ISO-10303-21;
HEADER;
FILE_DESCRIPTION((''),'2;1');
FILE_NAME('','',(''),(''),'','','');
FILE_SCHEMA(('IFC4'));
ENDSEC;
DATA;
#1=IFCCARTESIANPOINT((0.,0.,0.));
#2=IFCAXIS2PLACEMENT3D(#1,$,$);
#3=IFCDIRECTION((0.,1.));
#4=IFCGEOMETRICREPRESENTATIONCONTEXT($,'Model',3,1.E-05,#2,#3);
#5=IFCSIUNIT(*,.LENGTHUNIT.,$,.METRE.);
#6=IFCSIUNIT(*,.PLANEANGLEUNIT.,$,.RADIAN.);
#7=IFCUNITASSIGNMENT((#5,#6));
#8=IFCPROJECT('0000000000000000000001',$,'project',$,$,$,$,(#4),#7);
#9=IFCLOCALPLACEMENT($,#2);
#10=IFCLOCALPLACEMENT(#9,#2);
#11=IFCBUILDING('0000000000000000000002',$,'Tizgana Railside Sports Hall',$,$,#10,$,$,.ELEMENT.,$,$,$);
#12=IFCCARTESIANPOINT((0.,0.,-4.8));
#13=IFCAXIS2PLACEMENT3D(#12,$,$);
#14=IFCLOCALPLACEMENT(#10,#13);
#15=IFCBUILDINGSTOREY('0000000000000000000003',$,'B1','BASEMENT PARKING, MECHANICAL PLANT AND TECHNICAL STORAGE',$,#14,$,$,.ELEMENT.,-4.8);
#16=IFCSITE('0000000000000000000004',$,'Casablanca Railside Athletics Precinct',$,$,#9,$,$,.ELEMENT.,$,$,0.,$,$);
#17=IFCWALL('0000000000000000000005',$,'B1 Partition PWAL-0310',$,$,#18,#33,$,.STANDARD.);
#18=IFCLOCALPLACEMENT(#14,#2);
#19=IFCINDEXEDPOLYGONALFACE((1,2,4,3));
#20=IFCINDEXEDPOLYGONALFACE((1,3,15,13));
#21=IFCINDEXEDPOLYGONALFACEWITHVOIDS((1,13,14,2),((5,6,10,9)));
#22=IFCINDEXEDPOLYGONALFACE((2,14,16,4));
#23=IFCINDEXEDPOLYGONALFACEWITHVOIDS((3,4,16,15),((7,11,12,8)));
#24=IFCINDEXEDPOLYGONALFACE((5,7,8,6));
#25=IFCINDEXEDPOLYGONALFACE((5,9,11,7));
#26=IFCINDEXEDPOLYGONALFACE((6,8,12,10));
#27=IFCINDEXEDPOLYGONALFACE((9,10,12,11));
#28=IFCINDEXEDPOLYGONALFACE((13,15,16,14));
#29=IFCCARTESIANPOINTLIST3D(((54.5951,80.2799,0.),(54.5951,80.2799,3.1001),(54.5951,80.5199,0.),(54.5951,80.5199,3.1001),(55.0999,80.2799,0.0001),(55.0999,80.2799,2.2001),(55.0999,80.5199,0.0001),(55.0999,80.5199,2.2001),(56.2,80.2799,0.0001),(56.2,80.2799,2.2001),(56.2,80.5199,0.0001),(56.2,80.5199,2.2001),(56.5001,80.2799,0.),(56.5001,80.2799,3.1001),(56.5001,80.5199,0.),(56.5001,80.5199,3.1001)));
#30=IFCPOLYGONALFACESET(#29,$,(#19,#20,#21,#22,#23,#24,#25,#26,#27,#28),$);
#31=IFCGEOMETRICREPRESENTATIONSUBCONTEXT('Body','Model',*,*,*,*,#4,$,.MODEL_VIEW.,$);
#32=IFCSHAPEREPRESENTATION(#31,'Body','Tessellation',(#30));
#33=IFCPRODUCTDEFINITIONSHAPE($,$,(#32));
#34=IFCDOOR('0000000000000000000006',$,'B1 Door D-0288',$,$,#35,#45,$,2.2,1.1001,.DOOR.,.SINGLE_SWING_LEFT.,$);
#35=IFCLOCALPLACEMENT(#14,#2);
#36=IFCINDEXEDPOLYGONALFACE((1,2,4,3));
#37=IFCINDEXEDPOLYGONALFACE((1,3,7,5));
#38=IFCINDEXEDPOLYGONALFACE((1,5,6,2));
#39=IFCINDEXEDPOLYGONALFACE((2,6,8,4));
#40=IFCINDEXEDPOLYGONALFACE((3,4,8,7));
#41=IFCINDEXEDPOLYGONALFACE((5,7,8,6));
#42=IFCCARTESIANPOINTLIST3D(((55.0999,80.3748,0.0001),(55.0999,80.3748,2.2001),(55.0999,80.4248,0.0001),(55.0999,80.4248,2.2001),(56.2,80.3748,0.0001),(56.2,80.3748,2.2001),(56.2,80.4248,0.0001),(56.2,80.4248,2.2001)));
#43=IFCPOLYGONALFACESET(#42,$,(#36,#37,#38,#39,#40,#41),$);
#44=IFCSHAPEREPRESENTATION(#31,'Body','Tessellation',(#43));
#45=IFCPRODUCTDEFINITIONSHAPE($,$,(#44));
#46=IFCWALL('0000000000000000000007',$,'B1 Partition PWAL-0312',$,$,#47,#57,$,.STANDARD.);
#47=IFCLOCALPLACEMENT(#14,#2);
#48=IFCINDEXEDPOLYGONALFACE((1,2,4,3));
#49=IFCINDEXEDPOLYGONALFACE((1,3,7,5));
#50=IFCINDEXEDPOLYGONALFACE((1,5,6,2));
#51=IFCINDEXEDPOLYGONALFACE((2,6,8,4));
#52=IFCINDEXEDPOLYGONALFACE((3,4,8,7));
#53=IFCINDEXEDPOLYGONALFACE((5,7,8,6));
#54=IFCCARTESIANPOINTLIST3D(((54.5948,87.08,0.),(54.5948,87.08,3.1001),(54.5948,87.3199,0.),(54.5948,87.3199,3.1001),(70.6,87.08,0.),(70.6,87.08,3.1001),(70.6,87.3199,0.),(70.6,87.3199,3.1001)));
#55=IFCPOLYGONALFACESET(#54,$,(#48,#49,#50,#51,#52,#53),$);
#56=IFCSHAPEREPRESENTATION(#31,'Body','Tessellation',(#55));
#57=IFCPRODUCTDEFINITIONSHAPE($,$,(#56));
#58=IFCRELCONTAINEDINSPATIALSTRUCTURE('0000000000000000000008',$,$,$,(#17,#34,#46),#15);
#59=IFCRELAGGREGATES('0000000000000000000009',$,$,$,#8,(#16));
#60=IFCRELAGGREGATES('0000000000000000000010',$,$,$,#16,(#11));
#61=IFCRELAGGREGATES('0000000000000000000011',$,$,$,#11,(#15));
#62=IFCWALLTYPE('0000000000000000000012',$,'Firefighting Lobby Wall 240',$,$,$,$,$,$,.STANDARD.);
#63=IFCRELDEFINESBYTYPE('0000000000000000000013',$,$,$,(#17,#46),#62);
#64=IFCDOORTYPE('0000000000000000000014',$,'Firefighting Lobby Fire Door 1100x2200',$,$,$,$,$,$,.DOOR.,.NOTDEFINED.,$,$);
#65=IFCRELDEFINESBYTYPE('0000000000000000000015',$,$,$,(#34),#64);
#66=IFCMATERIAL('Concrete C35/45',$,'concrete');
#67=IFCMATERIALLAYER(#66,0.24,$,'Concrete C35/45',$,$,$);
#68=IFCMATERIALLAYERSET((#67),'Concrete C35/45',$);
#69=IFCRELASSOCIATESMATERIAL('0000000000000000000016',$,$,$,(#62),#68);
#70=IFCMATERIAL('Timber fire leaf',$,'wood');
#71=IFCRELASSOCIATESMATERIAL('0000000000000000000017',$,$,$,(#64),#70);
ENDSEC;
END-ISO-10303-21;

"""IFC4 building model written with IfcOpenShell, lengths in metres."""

from ifc_helpers import new_model, si_unit, direction, frame, frame_2d, origin, place, context, subcontext, project, spatial, rectangle, extrude, material, layer, layer_set, type_object, element, fill, save


model = new_model("IFC4")

# Units and contexts
model_context = context("Model", 3, precision=1e-05, world=origin(), true_north=direction((0.0, 1.0)))
body_context = subcontext(model_context, "Body", "Model", "MODEL_VIEW")
ifc_project = project(units=[si_unit("LENGTHUNIT", "METRE"), si_unit("PLANEANGLEUNIT", "RADIAN")], contexts=[model_context])

# Site, building, storey
site_placement = place(None, origin())
site = spatial("IfcSite", under=ifc_project, at=site_placement, Name="Casablanca Railside Athletics Precinct", CompositionType="ELEMENT", RefElevation=0.0)
building_placement = place(site_placement, origin())
building = spatial("IfcBuilding", under=site, at=building_placement, Name="Tizgana Railside Sports Hall", CompositionType="ELEMENT")
storey_placement = place(building_placement, frame((0.0, 0.0, -4.8)))
storey = spatial("IfcBuildingStorey", under=building, at=storey_placement, Name="B1", Description="BASEMENT PARKING, MECHANICAL PLANT AND TECHNICAL STORAGE", CompositionType="ELEMENT", Elevation=-4.8)

# Shared definitions
ifc_material_1 = material(Name="Concrete C35/45", Category="concrete")

# Wall, opening, door
ifc_layer_1 = layer(ifc_material_1, 0.24, Name="Concrete C35/45")
ifc_layer_set_1 = layer_set([ifc_layer_1], Name="Concrete C35/45")
wall_type_1 = type_object("IfcWallType", Name="Firefighting Lobby Wall 240", PredefinedType="STANDARD", material=ifc_layer_set_1)
wall_1_placement = place(storey_placement, frame((54.595, 80.3999, 0.0), z_axis=(0.0, 0.0, 1.0), x_axis=(1.0, 0.0, 0.0)))
wall_1 = element("IfcWall", 1, at=wall_1_placement, inside=storey, type_object=wall_type_1, Name="B1 Partition PWAL-0310", PredefinedType="STANDARD", context=body_context, shape_type="SweptSolid", body=[
    extrude(rectangle(XDim=1.905, YDim=0.24, at=frame_2d((0.9526, 0.0))), origin(), (0.0, 0.0, 1.0), 3.1001),
])
opening_placement = place(wall_1_placement, frame((0.5049, 0.0, 0.0)))
opening = element("IfcOpeningElement", 2, at=opening_placement, cuts=wall_1, PredefinedType="OPENING", context=body_context, shape_type="SweptSolid", body=[
    extrude(rectangle(XDim=1.1001, YDim=2.2, at=frame_2d((0.55, 1.1001))), frame((0.0, 0.1299, 0.0), z_axis=(0.0, -1.0, 0.0), x_axis=(1.0, 0.0, 0.0)), (0.0, 0.0, 1.0), 0.26),
])
ifc_material_2 = material(Name="Timber fire leaf", Category="wood")
door_type = type_object("IfcDoorType", Name="Firefighting Lobby Fire Door 1100x2200", OperationType="NOTDEFINED", PredefinedType="DOOR", material=ifc_material_2)
door_placement = place(opening_placement, origin())
door = element("IfcDoor", 3, at=door_placement, inside=storey, type_object=door_type, Name="B1 Door D-0288", OperationType="SINGLE_SWING_LEFT", OverallHeight=2.2, OverallWidth=1.1001, PredefinedType="DOOR", context=body_context, shape_type="SweptSolid", body=[
    extrude(rectangle(XDim=1.1001, YDim=2.2, at=frame_2d((0.55, 1.1001))), frame((0.0, 0.0249, 0.0), z_axis=(0.0, -1.0, 0.0), x_axis=(1.0, 0.0, 0.0)), (0.0, 0.0, 1.0), 0.05),
])
fill(opening, door)

# Wall
wall_2_placement = place(storey_placement, frame((54.595, 87.2, 0.0), z_axis=(0.0, 0.0, 1.0), x_axis=(1.0, 0.0, 0.0)))
element("IfcWall", 4, at=wall_2_placement, inside=storey, type_object=wall_type_1, Name="B1 Partition PWAL-0312", PredefinedType="STANDARD", context=body_context, shape_type="SweptSolid", body=[
    extrude(rectangle(XDim=16.0051, YDim=0.24, at=frame_2d((8.0024, 0.0))), origin(), (0.0, 0.0, 1.0), 3.1001),
])

save(model, "model.ifc")
